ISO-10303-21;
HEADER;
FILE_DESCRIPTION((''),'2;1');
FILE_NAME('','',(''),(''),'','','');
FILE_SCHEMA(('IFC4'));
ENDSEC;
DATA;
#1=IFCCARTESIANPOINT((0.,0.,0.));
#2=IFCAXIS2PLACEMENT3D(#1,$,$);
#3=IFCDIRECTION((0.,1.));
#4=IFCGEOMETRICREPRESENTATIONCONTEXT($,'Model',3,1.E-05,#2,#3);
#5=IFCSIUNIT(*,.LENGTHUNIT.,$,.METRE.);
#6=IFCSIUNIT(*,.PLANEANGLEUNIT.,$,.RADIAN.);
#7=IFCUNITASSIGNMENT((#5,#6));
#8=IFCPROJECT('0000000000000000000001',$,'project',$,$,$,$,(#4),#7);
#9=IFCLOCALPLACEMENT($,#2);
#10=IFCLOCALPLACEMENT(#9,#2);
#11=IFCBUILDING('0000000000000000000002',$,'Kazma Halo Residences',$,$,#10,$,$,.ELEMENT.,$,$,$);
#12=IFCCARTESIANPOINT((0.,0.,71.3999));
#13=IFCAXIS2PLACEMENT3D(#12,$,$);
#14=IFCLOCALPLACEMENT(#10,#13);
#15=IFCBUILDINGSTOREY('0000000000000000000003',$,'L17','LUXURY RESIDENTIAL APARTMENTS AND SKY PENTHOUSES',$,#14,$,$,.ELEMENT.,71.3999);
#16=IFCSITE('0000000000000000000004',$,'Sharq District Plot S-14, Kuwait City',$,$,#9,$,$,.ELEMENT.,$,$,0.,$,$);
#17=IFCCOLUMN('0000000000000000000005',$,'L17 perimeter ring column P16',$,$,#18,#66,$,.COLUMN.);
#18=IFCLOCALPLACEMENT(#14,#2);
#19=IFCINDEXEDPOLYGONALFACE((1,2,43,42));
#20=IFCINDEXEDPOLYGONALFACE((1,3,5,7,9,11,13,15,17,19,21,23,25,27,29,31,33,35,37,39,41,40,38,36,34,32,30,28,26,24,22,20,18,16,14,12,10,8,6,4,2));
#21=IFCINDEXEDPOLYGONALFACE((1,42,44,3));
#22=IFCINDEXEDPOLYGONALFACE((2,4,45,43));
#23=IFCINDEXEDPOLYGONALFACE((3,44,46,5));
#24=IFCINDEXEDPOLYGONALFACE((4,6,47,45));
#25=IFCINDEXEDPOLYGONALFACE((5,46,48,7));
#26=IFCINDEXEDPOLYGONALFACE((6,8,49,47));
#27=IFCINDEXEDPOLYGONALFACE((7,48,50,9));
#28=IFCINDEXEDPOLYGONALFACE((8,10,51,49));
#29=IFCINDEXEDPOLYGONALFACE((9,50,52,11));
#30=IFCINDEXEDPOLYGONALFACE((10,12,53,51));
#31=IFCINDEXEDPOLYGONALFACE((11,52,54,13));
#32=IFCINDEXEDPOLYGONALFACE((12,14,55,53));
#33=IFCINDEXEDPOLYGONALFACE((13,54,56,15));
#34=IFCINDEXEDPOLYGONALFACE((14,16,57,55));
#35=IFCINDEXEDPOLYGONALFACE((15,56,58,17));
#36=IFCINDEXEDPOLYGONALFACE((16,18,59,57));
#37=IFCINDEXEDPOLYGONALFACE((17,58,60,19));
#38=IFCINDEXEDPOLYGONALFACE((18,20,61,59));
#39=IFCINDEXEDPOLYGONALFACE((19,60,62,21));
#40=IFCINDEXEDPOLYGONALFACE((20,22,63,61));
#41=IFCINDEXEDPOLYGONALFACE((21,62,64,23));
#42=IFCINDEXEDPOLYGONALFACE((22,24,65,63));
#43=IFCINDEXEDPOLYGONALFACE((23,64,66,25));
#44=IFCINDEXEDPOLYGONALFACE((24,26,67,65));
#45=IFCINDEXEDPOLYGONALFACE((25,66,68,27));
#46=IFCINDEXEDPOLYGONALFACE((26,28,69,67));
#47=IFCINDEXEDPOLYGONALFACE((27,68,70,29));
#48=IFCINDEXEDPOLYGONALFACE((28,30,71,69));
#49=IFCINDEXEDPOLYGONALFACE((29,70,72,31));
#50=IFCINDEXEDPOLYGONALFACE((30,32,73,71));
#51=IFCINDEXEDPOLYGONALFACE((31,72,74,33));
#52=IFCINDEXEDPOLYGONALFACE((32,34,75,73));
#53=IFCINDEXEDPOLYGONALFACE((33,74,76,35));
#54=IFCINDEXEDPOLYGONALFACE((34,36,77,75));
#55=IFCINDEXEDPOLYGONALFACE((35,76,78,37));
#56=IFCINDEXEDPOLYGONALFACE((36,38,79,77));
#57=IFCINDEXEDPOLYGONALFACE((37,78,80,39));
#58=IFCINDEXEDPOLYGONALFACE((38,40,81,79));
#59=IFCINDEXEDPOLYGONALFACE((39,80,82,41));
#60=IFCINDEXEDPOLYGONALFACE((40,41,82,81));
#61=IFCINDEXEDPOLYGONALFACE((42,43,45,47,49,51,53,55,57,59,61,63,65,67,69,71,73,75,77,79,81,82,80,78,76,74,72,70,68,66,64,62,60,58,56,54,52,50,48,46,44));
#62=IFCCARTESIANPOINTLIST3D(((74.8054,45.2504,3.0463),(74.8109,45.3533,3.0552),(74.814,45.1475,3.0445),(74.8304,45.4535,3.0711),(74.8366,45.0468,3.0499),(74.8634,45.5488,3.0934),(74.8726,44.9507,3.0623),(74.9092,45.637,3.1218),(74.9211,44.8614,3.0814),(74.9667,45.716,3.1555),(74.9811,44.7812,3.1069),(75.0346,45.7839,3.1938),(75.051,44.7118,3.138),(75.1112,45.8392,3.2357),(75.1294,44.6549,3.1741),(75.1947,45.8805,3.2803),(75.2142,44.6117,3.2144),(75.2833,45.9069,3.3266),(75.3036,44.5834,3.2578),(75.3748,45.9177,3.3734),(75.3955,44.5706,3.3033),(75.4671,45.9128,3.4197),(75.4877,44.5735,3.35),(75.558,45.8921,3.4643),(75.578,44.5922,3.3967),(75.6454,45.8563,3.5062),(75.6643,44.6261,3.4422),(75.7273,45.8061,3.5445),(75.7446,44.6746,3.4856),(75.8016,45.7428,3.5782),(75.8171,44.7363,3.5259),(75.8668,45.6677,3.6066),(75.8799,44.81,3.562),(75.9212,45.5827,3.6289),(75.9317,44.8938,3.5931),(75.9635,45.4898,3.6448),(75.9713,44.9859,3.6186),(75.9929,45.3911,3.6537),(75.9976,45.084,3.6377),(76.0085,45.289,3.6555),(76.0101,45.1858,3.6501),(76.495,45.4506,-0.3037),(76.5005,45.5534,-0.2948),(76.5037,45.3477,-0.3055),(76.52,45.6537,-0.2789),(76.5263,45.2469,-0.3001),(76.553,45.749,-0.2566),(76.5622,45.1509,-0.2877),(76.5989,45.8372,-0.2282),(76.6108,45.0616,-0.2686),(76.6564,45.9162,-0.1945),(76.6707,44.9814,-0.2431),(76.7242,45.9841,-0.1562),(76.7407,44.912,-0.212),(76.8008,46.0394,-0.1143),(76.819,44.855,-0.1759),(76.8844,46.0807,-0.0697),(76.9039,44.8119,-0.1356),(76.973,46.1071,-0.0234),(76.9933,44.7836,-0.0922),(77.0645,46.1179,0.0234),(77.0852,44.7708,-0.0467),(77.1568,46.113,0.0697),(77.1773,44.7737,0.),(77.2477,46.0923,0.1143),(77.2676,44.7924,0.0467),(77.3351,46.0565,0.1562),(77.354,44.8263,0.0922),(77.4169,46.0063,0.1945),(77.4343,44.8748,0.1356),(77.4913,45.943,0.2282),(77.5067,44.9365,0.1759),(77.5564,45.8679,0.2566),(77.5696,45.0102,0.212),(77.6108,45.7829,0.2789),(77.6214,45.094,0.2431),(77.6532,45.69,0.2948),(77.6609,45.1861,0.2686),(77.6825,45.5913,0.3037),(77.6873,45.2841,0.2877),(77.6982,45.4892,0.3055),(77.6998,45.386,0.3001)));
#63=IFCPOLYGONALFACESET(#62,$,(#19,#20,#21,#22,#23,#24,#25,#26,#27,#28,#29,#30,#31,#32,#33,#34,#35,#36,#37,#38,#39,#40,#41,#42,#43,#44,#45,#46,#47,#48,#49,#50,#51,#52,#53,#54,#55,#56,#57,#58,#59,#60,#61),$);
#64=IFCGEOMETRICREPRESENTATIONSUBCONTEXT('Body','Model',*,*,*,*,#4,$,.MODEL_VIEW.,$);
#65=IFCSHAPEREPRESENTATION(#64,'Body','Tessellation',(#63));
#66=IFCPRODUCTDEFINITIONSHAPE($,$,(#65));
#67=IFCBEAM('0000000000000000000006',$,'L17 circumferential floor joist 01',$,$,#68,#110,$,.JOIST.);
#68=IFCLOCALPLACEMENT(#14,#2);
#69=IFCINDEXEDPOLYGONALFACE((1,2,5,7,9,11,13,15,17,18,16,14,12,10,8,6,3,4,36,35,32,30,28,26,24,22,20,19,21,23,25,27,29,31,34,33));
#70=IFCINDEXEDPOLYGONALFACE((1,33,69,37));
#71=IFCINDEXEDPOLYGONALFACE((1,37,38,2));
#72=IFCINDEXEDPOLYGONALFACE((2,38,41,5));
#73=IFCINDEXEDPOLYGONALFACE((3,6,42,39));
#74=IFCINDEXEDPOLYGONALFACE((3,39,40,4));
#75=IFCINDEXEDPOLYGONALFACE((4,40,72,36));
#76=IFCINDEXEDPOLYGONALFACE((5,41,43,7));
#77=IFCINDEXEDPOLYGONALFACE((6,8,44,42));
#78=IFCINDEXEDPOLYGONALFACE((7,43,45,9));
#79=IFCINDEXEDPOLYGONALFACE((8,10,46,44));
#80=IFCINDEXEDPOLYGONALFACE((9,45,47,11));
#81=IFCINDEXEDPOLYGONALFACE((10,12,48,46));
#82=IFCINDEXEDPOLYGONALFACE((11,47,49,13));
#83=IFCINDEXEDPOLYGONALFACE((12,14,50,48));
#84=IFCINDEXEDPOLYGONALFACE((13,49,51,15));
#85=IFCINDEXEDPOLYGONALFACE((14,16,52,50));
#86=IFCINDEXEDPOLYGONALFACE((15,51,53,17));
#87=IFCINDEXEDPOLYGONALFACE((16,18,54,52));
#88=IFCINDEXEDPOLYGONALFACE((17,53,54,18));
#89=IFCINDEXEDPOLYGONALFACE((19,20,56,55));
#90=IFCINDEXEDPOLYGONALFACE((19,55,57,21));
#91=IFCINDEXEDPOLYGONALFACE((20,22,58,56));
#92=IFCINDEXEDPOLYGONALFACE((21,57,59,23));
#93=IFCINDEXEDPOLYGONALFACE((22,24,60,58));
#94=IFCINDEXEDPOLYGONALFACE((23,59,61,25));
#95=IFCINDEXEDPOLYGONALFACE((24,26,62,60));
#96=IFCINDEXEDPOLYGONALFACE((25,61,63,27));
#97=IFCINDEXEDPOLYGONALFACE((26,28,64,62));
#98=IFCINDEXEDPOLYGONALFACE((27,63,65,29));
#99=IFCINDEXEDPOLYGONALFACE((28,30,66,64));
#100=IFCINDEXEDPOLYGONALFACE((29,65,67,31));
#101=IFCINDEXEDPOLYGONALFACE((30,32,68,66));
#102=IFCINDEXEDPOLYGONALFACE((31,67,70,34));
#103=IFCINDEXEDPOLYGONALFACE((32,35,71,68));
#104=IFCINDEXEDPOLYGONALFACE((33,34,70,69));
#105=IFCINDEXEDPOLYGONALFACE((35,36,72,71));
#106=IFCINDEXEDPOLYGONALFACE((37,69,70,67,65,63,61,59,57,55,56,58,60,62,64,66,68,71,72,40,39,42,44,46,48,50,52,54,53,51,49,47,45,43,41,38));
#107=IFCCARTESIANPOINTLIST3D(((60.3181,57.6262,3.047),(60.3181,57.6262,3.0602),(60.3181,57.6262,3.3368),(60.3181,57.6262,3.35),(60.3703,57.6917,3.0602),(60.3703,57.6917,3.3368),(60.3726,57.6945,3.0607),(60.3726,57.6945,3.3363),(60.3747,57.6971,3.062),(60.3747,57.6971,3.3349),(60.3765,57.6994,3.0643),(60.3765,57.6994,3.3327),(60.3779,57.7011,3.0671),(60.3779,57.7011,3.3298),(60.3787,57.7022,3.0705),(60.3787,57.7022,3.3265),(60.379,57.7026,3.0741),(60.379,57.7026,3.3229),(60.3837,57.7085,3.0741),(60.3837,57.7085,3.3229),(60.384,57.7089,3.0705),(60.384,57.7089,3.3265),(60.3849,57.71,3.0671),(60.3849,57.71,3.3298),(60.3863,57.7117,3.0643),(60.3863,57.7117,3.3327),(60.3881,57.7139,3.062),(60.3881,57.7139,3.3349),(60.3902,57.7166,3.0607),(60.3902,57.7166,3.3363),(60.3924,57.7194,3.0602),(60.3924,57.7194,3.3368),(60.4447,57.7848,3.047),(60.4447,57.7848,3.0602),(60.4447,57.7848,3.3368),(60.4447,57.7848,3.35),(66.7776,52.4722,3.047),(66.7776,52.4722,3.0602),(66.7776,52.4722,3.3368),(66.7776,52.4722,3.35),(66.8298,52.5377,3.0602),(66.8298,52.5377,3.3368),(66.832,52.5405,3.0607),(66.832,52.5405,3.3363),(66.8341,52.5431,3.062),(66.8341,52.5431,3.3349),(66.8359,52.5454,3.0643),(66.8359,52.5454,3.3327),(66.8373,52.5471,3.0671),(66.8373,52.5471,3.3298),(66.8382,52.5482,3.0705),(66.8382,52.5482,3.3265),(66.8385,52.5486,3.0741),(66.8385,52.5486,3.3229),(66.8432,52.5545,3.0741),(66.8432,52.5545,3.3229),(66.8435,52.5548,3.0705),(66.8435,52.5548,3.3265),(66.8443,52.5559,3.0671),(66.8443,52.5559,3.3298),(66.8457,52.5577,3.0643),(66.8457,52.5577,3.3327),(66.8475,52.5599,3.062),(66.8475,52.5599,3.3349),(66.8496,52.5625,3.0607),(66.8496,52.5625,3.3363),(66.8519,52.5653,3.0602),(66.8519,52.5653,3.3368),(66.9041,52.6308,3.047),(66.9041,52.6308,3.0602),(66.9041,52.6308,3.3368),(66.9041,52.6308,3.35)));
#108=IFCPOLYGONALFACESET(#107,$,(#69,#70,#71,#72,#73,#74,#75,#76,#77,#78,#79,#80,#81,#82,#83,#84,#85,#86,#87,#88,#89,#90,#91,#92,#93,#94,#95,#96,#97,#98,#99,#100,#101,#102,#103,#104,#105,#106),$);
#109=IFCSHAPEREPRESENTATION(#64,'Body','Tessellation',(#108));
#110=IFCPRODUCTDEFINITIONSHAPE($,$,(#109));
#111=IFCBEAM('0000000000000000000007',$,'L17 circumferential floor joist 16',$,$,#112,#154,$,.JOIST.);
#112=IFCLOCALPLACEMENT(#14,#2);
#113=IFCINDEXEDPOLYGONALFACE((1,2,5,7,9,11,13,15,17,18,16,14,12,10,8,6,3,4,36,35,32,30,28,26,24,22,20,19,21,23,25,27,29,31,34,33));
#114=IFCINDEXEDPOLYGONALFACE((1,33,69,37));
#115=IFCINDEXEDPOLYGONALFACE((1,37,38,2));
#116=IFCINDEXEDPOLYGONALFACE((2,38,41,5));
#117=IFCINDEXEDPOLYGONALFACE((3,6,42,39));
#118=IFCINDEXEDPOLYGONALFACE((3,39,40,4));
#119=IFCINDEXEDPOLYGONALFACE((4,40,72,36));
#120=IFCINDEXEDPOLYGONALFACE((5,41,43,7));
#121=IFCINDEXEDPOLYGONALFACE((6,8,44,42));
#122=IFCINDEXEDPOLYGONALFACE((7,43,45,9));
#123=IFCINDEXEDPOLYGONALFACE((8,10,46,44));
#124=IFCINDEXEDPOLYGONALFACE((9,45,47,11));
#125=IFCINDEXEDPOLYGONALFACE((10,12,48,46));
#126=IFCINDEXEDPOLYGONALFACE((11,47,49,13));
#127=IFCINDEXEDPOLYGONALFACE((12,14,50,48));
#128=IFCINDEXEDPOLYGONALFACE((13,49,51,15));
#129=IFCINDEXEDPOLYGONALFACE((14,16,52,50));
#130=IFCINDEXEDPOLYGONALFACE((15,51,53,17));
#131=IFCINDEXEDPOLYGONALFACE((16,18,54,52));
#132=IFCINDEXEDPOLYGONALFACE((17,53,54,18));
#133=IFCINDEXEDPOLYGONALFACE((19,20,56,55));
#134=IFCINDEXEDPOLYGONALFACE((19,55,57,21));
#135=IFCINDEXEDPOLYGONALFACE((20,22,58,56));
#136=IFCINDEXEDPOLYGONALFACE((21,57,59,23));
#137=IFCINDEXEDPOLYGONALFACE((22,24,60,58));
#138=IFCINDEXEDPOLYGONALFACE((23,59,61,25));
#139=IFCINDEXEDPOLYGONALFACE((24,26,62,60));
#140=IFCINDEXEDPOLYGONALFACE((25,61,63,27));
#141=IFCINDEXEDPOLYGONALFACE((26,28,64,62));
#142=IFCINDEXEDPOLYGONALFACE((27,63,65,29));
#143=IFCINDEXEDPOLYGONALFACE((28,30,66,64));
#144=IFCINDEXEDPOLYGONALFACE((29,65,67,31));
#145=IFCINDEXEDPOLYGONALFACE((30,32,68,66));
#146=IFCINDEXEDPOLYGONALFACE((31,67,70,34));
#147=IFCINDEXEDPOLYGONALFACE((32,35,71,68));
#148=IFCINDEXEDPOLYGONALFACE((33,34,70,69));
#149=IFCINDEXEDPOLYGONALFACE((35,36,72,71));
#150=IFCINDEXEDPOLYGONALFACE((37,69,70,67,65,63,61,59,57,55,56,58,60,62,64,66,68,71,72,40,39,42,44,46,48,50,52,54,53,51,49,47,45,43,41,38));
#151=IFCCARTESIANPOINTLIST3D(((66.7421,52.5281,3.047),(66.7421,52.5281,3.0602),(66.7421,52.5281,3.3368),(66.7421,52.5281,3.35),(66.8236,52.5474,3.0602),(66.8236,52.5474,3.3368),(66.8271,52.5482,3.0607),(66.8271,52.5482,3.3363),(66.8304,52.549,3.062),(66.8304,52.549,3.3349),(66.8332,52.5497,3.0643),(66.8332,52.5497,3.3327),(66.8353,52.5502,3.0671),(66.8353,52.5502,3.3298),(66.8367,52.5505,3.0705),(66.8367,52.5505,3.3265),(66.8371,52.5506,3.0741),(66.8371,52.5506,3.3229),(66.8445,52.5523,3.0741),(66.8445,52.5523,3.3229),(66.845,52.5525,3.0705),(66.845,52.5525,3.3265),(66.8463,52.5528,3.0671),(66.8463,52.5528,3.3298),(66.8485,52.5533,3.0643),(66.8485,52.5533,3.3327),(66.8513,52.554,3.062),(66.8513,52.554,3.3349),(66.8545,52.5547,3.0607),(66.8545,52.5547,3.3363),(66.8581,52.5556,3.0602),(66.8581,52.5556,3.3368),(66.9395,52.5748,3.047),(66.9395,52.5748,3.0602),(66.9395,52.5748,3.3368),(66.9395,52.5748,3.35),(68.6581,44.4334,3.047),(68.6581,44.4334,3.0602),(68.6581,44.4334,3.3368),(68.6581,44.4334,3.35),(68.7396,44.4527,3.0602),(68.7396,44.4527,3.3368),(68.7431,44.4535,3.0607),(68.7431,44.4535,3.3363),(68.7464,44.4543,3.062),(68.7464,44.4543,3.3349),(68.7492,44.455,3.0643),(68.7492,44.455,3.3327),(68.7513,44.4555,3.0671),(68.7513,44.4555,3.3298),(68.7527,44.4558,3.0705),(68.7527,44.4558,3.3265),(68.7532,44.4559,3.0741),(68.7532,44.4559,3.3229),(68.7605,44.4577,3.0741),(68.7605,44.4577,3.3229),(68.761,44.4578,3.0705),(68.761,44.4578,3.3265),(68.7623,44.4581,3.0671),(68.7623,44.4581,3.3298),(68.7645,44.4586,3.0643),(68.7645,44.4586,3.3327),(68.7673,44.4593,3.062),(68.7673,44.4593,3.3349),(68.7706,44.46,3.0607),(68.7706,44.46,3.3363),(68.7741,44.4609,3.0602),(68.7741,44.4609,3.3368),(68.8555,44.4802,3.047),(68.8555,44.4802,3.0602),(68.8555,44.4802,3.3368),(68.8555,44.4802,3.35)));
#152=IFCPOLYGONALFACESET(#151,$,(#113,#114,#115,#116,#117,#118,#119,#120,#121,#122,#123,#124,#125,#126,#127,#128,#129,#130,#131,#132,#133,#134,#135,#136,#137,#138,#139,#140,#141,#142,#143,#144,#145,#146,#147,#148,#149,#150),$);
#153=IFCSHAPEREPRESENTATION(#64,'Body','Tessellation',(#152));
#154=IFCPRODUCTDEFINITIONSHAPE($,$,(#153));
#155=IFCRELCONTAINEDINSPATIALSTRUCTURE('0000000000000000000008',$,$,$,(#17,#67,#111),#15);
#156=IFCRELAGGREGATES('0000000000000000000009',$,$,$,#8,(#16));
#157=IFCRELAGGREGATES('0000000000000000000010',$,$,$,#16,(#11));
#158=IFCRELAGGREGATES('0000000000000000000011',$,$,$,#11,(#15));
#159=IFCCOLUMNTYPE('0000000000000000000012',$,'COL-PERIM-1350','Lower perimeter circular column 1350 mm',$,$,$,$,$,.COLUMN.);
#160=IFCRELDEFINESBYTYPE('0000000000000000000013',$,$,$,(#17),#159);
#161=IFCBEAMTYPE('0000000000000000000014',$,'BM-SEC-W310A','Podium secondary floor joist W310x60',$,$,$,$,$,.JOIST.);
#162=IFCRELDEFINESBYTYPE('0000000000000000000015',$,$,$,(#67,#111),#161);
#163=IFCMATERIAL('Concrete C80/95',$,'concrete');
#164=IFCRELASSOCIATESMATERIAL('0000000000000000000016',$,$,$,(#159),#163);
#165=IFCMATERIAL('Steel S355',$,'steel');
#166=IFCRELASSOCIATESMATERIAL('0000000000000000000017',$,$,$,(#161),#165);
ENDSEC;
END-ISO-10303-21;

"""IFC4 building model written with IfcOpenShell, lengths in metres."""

from ifc_helpers import new_model, si_unit, direction, frame, origin, origin_2d, place, context, subcontext, project, spatial, circle, i_section, extrude, material, material_profile, profile_set, type_object, element, save


model = new_model("IFC4")

# Units and contexts
model_context = context("Model", 3, precision=1e-05, world=origin(), true_north=direction((0.0, 1.0)))
body_context = subcontext(model_context, "Body", "Model", "MODEL_VIEW")
ifc_project = project(units=[si_unit("LENGTHUNIT", "METRE"), si_unit("PLANEANGLEUNIT", "RADIAN")], contexts=[model_context])

# Site, building, storey
site_placement = place(None, origin())
site = spatial("IfcSite", under=ifc_project, at=site_placement, Name="Sharq District Plot S-14, Kuwait City", CompositionType="ELEMENT", RefElevation=0.0)
building_placement = place(site_placement, origin())
building = spatial("IfcBuilding", under=site, at=building_placement, Name="Kazma Halo Residences", CompositionType="ELEMENT")
storey_placement = place(building_placement, frame((0.0, 0.0, 71.3999)))
storey = spatial("IfcBuildingStorey", under=building, at=storey_placement, Name="L17", Description="LUXURY RESIDENTIAL APARTMENTS AND SKY PENTHOUSES", CompositionType="ELEMENT", Elevation=71.3999)

# Column
ifc_material_1 = material(Name="Concrete C80/95", Category="concrete")
ifc_material_profile_1 = material_profile(ifc_material_1, circle(Radius=0.675, at=origin_2d()), Name="CIRC1350")
ifc_profile_set_1 = profile_set([ifc_material_profile_1], Name="Concrete C80/95")
column_type = type_object("IfcColumnType", Name="COL-PERIM-1350", Description="Lower perimeter circular column 1350 mm", PredefinedType="COLUMN", material=ifc_profile_set_1)
column_placement = place(storey_placement, frame((77.0979, 45.4441, 0.0), z_axis=(-0.449694, -0.05328, 0.891592), x_axis=(0.117657, -0.993054, 0.0)))
element("IfcColumn", 1, at=column_placement, inside=storey, type_object=column_type, Name="L17 perimeter ring column P16", PredefinedType="COLUMN", context=body_context, shape_type="SweptSolid", body=[
    extrude(circle(Radius=0.675, at=origin_2d()), origin(), (0.0, 0.0, 1.0), 3.7573),
])

# Beams
ifc_material_2 = material(Name="Steel S355", Category="steel")
ifc_material_profile_2 = material_profile(ifc_material_2, i_section(OverallWidth=0.2029, OverallDepth=0.303, WebThickness=0.0076, FlangeThickness=0.0132, FilletRadius=0.0139, at=origin_2d()), Name="W310x60")
ifc_profile_set_2 = profile_set([ifc_material_profile_2], Name="Steel S355")
beam_type_1 = type_object("IfcBeamType", Name="BM-SEC-W310A", Description="Podium secondary floor joist W310x60", PredefinedType="JOIST", material=ifc_profile_set_2)
beam_1_placement = place(storey_placement, frame((66.8408, 52.5515, 3.1985), z_axis=(-0.781667, 0.623697, 0.0), x_axis=(-0.623697, -0.781667, 0.0)))
element("IfcBeam", 2, at=beam_1_placement, inside=storey, type_object=beam_type_1, Name="L17 circumferential floor joist 01", PredefinedType="JOIST", context=body_context, shape_type="SweptSolid", body=[
    extrude(i_section(OverallWidth=0.2029, OverallDepth=0.303, WebThickness=0.0076, FlangeThickness=0.0132, FilletRadius=0.0139, at=origin_2d()), origin(), (0.0, 0.0, 1.0), 8.2637),
])
beam_2_placement = place(storey_placement, frame((68.7568, 44.4568, 3.1985), z_axis=(-0.230335, 0.973111, 0.0), x_axis=(-0.973111, -0.230335, 0.0)))
element("IfcBeam", 3, at=beam_2_placement, inside=storey, type_object=beam_type_1, Name="L17 circumferential floor joist 16", PredefinedType="JOIST", context=body_context, shape_type="SweptSolid", body=[
    extrude(i_section(OverallWidth=0.2029, OverallDepth=0.303, WebThickness=0.0076, FlangeThickness=0.0132, FilletRadius=0.0139, at=origin_2d()), origin(), (0.0, 0.0, 1.0), 8.3184),
])

save(model, "model.ifc")
